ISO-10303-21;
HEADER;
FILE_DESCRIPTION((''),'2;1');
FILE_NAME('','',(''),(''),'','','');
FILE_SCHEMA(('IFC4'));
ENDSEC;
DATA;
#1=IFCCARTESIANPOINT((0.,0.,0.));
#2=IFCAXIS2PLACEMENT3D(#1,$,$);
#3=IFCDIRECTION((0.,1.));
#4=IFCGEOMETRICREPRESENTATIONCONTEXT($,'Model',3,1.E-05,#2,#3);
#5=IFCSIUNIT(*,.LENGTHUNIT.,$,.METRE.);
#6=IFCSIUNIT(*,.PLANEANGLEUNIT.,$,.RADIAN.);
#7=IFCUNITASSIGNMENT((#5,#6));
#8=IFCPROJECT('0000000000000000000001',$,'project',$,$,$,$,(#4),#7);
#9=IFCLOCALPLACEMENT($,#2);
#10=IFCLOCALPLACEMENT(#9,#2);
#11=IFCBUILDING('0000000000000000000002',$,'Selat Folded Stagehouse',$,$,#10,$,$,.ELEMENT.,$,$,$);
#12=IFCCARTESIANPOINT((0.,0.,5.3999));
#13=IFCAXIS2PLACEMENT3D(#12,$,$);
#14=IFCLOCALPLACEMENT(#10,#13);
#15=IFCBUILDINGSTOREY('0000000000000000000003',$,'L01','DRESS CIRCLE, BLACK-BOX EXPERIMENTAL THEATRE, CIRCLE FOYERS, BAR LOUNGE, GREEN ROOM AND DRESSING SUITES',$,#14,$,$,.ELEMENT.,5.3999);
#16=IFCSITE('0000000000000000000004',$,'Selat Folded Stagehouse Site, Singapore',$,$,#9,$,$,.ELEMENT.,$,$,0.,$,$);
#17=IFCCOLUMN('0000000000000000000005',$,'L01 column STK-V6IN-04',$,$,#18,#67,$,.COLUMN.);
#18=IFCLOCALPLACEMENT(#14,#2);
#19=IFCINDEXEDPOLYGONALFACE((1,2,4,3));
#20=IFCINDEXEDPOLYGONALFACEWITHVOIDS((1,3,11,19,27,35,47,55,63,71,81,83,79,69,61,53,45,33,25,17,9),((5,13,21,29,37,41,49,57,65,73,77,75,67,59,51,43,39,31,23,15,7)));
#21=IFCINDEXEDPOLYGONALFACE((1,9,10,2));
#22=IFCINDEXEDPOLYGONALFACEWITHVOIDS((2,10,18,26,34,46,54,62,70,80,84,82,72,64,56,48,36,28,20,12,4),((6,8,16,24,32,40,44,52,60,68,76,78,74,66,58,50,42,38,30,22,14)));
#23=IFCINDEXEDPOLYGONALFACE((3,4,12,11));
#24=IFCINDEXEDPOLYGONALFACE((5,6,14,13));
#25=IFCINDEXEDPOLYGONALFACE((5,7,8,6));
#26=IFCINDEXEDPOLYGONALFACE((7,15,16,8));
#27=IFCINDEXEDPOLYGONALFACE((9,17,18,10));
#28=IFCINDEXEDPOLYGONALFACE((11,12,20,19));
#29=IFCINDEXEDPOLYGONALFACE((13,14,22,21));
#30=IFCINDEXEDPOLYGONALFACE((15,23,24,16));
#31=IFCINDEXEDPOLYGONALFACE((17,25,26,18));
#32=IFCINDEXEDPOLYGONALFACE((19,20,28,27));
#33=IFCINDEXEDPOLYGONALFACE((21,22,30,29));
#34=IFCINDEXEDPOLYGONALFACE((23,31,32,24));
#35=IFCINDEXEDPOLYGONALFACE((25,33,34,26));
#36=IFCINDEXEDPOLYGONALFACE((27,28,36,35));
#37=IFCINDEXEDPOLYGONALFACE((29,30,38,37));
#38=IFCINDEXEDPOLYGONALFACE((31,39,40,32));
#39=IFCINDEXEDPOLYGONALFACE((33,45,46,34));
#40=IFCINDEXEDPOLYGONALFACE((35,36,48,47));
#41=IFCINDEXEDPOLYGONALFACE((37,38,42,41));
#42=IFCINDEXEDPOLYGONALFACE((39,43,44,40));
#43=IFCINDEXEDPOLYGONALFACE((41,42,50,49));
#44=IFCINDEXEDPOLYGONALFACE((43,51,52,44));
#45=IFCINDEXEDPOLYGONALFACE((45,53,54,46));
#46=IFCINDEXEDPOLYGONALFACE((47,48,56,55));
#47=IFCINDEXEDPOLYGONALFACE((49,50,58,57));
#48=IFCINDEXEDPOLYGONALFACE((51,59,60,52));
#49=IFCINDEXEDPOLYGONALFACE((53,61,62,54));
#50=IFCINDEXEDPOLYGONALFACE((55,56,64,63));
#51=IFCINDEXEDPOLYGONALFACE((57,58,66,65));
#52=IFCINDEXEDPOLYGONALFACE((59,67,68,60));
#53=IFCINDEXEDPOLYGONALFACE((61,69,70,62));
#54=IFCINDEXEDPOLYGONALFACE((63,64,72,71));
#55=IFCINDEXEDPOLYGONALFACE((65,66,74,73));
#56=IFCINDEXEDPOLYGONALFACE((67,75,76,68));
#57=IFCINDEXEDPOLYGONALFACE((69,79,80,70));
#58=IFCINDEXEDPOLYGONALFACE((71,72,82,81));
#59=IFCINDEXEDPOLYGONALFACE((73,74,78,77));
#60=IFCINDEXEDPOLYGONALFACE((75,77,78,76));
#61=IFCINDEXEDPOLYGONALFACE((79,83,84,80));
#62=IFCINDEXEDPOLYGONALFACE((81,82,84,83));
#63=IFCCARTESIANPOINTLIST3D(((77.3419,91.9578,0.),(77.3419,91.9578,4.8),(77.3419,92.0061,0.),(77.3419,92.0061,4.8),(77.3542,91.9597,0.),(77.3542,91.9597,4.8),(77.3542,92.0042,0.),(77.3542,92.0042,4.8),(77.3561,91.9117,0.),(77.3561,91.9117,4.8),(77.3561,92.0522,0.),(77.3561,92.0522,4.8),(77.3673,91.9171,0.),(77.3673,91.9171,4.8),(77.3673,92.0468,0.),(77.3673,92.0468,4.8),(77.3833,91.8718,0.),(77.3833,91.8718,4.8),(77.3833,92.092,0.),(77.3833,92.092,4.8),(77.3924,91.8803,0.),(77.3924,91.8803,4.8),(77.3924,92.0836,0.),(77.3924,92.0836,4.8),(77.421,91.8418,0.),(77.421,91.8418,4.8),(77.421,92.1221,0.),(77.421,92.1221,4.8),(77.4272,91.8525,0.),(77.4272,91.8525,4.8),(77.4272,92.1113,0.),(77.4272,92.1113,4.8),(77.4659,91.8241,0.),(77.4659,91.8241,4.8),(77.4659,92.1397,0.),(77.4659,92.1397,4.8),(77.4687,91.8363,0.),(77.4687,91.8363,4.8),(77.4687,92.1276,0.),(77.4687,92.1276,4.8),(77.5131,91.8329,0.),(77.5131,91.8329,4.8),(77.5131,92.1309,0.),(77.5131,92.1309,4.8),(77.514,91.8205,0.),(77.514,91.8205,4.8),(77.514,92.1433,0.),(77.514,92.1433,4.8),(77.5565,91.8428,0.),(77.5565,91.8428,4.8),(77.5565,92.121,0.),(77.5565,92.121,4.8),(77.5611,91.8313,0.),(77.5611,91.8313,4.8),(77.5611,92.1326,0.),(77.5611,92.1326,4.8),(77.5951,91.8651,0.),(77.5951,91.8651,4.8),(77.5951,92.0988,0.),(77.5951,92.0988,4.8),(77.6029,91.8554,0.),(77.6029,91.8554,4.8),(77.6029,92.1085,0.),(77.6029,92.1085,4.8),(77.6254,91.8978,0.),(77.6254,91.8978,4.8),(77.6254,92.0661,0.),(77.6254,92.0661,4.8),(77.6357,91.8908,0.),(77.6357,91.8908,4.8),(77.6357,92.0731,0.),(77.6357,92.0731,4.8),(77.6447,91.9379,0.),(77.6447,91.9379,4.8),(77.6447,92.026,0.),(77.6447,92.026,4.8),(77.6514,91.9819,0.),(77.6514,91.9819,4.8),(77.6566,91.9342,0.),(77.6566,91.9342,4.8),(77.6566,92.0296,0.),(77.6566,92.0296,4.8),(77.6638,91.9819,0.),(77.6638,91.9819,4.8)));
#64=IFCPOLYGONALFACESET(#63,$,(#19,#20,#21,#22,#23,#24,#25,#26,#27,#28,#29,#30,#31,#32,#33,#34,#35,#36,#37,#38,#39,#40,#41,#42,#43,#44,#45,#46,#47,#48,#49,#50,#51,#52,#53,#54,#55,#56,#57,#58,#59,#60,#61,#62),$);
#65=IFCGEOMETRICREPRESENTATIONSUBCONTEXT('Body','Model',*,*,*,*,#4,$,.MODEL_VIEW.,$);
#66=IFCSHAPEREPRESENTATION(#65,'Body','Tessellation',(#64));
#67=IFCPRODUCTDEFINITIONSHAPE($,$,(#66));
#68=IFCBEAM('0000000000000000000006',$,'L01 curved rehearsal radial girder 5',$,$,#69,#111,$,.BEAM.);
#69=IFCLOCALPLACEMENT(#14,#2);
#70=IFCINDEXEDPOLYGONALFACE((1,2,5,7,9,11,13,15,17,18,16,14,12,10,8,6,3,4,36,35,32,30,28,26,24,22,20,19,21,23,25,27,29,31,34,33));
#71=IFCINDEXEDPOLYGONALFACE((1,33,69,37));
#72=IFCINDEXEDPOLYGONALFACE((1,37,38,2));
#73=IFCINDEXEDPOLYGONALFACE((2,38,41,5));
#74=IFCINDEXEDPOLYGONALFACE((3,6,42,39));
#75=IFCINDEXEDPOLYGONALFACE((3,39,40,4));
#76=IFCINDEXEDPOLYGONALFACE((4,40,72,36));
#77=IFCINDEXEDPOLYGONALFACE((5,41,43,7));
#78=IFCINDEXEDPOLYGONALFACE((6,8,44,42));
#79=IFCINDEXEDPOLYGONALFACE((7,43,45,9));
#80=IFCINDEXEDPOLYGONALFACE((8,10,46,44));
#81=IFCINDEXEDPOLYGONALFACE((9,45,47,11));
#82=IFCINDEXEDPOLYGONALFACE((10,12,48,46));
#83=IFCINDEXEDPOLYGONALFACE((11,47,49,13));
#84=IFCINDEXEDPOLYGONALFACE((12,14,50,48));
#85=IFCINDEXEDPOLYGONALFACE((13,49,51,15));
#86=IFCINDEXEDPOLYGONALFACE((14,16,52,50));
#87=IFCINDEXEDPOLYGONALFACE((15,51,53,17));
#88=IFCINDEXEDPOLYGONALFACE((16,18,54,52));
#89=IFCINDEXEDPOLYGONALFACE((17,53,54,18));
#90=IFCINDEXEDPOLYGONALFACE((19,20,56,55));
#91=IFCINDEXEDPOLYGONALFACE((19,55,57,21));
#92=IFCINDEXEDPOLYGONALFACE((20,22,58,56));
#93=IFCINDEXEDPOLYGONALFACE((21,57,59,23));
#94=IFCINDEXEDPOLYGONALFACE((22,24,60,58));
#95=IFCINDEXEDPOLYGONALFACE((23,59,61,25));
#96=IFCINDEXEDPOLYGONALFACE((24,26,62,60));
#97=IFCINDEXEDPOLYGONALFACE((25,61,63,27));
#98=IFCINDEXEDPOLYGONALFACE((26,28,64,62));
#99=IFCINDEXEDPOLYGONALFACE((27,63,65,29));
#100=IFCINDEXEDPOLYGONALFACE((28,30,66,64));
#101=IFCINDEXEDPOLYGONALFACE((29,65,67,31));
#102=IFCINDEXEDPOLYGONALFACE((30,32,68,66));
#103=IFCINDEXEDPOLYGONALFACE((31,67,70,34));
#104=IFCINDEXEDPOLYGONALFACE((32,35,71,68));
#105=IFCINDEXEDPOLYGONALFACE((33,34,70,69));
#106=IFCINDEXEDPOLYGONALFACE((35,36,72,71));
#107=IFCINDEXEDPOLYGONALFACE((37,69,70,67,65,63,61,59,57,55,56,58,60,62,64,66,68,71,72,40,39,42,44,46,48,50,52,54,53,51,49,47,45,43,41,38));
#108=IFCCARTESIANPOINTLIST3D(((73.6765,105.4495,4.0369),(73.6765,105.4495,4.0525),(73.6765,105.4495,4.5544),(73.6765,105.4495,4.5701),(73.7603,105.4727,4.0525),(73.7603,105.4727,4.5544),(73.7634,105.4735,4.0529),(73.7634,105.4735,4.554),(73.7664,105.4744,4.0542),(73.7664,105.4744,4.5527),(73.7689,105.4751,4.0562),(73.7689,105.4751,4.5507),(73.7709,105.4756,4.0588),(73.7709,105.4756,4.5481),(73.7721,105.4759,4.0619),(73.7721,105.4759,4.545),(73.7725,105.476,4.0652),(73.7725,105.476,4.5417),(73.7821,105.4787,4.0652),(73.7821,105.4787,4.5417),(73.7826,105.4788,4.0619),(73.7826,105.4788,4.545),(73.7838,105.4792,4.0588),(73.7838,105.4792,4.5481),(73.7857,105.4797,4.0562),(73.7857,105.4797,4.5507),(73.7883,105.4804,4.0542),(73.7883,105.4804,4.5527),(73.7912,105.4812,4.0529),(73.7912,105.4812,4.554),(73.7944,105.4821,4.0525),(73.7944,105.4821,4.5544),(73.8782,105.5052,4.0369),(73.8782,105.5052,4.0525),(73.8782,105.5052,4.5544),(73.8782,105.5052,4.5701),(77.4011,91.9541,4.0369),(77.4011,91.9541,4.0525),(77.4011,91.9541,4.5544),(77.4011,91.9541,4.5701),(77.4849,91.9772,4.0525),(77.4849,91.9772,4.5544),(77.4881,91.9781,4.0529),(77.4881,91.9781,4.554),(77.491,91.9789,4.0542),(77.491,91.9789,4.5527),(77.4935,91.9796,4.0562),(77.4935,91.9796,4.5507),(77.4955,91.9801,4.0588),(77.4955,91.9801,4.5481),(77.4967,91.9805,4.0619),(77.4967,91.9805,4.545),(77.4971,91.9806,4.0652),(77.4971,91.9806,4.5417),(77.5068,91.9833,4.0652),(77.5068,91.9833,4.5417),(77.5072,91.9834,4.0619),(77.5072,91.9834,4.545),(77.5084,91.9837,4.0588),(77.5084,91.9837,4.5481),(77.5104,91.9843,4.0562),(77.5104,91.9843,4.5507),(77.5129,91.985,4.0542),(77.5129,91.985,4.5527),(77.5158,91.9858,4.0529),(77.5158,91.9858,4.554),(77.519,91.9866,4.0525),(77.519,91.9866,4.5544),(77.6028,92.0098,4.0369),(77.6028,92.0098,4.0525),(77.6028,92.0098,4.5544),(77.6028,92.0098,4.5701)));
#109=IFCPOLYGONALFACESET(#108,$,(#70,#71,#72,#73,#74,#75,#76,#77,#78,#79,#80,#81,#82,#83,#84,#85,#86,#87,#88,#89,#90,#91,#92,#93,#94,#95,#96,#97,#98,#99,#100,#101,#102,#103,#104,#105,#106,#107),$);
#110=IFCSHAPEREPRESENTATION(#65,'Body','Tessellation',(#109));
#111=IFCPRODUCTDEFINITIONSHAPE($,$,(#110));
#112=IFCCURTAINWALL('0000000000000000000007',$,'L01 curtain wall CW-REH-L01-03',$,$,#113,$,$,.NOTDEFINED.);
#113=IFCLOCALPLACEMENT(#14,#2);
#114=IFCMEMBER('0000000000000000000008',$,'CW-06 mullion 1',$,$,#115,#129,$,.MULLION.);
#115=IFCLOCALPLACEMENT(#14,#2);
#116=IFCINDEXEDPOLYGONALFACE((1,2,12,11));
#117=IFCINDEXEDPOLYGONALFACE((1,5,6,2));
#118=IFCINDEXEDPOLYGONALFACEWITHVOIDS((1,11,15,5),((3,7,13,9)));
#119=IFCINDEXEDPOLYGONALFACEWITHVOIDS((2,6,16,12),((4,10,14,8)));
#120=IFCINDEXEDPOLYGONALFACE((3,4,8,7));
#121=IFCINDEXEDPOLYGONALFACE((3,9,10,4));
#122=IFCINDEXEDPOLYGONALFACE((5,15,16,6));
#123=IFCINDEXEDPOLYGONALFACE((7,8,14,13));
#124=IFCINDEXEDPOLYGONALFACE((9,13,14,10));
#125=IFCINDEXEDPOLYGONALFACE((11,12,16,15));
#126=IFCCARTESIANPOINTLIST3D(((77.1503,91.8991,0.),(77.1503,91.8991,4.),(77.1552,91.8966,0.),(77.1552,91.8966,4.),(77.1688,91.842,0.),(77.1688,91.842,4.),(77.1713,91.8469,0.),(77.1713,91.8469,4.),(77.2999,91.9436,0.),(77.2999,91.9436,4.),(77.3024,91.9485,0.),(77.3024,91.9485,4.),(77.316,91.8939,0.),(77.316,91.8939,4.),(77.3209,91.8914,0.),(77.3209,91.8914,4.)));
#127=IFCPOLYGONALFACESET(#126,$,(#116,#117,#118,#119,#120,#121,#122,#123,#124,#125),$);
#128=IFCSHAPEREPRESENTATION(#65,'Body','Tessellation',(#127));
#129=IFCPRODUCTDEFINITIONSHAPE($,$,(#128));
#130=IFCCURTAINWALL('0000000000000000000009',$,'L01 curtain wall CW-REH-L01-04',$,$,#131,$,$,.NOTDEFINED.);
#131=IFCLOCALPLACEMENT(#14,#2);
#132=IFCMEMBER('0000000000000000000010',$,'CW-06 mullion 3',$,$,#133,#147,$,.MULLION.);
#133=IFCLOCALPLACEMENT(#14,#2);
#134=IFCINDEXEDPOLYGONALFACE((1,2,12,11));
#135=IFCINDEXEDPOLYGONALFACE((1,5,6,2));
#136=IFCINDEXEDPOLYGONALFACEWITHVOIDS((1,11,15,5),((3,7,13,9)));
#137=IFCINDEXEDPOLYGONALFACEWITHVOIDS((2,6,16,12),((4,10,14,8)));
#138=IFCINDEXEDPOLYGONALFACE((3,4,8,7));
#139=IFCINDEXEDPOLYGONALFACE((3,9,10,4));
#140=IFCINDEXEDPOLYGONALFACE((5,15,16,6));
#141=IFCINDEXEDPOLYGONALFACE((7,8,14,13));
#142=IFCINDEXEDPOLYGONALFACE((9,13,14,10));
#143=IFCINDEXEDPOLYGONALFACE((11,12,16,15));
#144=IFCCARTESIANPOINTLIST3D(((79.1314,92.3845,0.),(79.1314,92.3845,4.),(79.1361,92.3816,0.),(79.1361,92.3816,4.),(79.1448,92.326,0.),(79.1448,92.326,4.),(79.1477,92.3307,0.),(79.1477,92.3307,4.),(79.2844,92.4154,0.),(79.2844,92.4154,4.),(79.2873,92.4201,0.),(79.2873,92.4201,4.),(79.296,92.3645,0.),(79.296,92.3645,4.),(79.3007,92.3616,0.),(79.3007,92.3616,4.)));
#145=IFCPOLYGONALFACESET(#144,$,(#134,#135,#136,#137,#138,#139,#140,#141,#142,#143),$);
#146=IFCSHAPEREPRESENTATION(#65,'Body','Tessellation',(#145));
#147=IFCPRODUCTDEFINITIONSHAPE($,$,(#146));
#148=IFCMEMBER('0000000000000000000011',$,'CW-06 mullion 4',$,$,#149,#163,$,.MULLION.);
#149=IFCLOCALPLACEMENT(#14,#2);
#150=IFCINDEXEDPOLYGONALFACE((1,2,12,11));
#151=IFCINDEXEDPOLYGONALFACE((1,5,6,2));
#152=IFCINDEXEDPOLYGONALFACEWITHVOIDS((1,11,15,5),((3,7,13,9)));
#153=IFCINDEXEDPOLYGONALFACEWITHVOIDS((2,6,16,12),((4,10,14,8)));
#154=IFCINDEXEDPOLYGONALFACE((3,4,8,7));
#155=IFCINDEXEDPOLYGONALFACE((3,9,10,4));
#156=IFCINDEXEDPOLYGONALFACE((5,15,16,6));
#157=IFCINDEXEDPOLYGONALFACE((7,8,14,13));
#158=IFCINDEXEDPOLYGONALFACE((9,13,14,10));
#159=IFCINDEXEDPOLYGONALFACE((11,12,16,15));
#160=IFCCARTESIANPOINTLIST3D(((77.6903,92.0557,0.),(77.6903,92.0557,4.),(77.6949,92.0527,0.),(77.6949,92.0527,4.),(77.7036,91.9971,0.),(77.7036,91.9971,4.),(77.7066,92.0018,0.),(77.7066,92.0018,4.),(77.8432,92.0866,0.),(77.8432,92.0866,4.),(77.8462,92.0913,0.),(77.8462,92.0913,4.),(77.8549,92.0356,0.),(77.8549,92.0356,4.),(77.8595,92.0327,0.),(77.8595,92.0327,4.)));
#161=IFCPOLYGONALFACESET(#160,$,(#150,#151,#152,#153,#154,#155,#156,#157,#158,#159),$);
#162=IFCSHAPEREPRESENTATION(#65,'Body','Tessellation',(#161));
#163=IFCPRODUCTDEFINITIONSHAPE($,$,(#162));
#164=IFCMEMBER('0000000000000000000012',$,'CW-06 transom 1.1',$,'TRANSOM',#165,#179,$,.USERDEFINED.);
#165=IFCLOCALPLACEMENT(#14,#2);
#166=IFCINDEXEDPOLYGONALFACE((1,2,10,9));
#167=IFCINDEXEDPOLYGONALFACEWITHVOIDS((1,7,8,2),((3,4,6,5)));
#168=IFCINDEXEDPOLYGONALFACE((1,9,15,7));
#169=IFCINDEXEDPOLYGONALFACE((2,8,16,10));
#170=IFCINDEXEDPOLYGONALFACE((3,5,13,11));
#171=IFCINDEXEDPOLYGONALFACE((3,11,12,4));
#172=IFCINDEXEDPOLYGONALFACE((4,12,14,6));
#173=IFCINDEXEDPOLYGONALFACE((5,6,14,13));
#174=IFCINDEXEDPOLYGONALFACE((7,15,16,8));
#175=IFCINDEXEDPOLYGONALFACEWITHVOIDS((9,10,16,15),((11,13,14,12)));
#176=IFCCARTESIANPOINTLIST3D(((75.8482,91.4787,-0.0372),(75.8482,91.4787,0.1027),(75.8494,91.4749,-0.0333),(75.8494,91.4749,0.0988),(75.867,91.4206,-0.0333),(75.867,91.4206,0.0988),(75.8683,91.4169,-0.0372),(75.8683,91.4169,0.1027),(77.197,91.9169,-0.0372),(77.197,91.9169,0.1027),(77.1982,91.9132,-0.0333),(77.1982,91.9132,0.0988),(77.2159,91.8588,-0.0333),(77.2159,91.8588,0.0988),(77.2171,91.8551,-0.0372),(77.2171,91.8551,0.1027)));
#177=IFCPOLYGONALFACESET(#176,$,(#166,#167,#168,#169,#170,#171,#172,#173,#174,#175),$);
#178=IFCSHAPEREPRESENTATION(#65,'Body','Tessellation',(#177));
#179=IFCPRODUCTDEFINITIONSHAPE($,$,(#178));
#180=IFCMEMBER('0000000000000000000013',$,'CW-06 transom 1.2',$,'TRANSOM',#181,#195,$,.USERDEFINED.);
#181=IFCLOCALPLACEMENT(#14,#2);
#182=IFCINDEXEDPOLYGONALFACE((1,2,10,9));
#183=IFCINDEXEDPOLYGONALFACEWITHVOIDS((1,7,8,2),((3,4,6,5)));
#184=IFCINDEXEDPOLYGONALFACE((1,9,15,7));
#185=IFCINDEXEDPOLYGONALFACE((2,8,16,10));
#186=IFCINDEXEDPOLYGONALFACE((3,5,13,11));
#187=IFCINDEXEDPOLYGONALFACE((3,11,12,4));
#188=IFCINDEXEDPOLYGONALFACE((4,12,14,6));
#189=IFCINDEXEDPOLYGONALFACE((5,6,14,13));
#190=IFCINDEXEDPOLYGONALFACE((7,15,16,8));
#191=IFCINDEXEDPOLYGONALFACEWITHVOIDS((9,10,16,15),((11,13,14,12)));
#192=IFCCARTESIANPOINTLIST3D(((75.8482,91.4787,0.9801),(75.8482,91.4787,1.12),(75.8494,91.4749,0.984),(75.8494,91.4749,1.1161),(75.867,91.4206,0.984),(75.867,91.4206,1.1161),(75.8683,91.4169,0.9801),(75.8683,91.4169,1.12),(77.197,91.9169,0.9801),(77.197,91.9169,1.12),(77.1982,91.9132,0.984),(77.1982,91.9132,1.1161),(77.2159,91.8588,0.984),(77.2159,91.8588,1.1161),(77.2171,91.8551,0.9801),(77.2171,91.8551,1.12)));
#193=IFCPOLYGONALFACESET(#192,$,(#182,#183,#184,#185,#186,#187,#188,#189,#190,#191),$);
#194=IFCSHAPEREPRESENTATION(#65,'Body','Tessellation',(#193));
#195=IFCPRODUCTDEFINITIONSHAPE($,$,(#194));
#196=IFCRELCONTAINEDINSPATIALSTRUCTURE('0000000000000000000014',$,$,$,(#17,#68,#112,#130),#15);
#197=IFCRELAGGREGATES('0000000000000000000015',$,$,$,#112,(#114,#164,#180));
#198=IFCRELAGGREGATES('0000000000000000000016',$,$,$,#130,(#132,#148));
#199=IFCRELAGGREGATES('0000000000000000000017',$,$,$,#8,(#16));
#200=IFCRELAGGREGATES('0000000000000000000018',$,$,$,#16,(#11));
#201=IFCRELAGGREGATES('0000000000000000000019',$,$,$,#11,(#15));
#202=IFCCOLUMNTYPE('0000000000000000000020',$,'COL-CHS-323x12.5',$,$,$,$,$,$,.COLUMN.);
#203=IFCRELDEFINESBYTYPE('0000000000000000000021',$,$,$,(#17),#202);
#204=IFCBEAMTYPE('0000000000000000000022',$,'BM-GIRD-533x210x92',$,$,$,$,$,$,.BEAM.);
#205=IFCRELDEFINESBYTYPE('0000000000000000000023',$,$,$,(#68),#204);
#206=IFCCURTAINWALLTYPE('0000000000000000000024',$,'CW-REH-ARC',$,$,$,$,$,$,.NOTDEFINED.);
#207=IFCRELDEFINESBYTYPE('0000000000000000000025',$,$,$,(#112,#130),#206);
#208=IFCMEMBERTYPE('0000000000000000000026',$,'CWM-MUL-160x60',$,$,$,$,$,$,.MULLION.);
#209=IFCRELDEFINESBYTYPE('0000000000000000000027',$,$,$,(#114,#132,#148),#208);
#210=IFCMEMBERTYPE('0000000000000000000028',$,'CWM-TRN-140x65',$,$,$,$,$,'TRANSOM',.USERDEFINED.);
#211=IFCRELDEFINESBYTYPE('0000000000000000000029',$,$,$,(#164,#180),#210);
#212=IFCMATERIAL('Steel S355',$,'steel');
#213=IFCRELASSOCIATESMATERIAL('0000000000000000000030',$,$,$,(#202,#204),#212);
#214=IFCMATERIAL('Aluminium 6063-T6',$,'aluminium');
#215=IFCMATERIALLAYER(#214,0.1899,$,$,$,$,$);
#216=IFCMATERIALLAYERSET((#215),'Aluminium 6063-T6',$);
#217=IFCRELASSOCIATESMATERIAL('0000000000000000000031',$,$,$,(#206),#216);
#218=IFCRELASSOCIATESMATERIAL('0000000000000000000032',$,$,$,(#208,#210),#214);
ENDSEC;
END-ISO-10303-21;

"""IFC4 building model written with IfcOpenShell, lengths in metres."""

from ifc_helpers import new_model, si_unit, direction, frame, origin, origin_2d, place, context, subcontext, project, spatial, hollow_rectangle, hollow_circle, i_section, extrude, material, layer, layer_set, material_profile, profile_set, type_object, element, aggregate, save


model = new_model("IFC4")

# Units and contexts
model_context = context("Model", 3, precision=1e-05, world=origin(), true_north=direction((0.0, 1.0)))
body_context = subcontext(model_context, "Body", "Model", "MODEL_VIEW")
ifc_project = project(units=[si_unit("LENGTHUNIT", "METRE"), si_unit("PLANEANGLEUNIT", "RADIAN")], contexts=[model_context])

# Site, building, storey
site_placement = place(None, origin())
site = spatial("IfcSite", under=ifc_project, at=site_placement, Name="Selat Folded Stagehouse Site, Singapore", CompositionType="ELEMENT", RefElevation=0.0)
building_placement = place(site_placement, origin())
building = spatial("IfcBuilding", under=site, at=building_placement, Name="Selat Folded Stagehouse", CompositionType="ELEMENT")
storey_placement = place(building_placement, frame((0.0, 0.0, 5.3999)))
storey = spatial("IfcBuildingStorey", under=building, at=storey_placement, Name="L01", Description="DRESS CIRCLE, BLACK-BOX EXPERIMENTAL THEATRE, CIRCLE FOYERS, BAR LOUNGE, GREEN ROOM AND DRESSING SUITES", CompositionType="ELEMENT", Elevation=5.3999)

# Column
ifc_material_1 = material(Name="Steel S355", Category="steel")
ifc_material_profile_1 = material_profile(ifc_material_1, hollow_circle(Radius=0.1619, WallThickness=0.0125, at=origin_2d()), Name="CHS 323.9x12.5")
ifc_profile_set_1 = profile_set([ifc_material_profile_1], Name="Steel S355")
column_type = type_object("IfcColumnType", Name="COL-CHS-323x12.5", PredefinedType="COLUMN", material=ifc_profile_set_1)
column_placement = place(storey_placement, frame((77.502, 91.9819, 0.0), z_axis=(0.0, 0.0, 1.0), x_axis=(1.0, 0.0, 0.0)))
element("IfcColumn", 1, at=column_placement, inside=storey, type_object=column_type, Name="L01 column STK-V6IN-04", PredefinedType="COLUMN", context=body_context, shape_type="SweptSolid", body=[
    extrude(hollow_circle(Radius=0.1619, WallThickness=0.0125, at=origin_2d()), origin(), (0.0, 0.0, 1.0), 4.8),
])

# Beam
ifc_material_profile_2 = material_profile(ifc_material_1, i_section(OverallWidth=0.2092, OverallDepth=0.5332, WebThickness=0.01, FlangeThickness=0.0156, FilletRadius=0.0127, at=origin_2d()), Name="UKB 533x210x92")
ifc_profile_set_2 = profile_set([ifc_material_profile_2], Name="Steel S355")
beam_type_1 = type_object("IfcBeamType", Name="BM-GIRD-533x210x92", PredefinedType="BEAM", material=ifc_profile_set_2)
beam_1_placement = place(storey_placement, frame((77.502, 91.9819, 4.3035), z_axis=(-0.266045, 0.963961, 0.0), x_axis=(-0.963961, -0.266045, 0.0)))
element("IfcBeam", 2, at=beam_1_placement, inside=storey, type_object=beam_type_1, Name="L01 curved rehearsal radial girder 5", PredefinedType="BEAM", context=body_context, shape_type="SweptSolid", body=[
    extrude(i_section(OverallWidth=0.2092, OverallDepth=0.5332, WebThickness=0.01, FlangeThickness=0.0156, FilletRadius=0.0127, at=origin_2d()), origin(), (0.0, 0.0, 1.0), 14.0),
])

# Curtain wall, member
ifc_material_2 = material(Name="Aluminium 6063-T6", Category="aluminium")
ifc_layer_1 = layer(ifc_material_2, 0.1899)
ifc_layer_set_1 = layer_set([ifc_layer_1], Name="Aluminium 6063-T6")
curtain_wall_type = type_object("IfcCurtainWallType", Name="CW-REH-ARC", PredefinedType="NOTDEFINED", material=ifc_layer_set_1)
curtain_wall_1_placement = place(storey_placement, origin())
curtain_wall_1 = element("IfcCurtainWall", 3, at=curtain_wall_1_placement, inside=storey, type_object=curtain_wall_type, Name="L01 curtain wall CW-REH-L01-03", PredefinedType="NOTDEFINED")
ifc_material_profile_3 = material_profile(ifc_material_2, hollow_rectangle(XDim=0.0601, YDim=0.1599, WallThickness=0.0039, at=origin_2d()), Name="ALU 160x60x4.0")
ifc_profile_set_3 = profile_set([ifc_material_profile_3], Name="Aluminium 6063-T6")
member_type_1 = type_object("IfcMemberType", Name="CWM-MUL-160x60", PredefinedType="MULLION", material=ifc_profile_set_3)
member_1_placement = place(storey_placement, frame((77.2356, 91.8953, 0.0), z_axis=(0.0, 0.0, 1.0), x_axis=(0.308992, -0.951065, 0.0)))
member_1 = element("IfcMember", 4, at=member_1_placement, type_object=member_type_1, Name="CW-06 mullion 1", PredefinedType="MULLION", context=body_context, shape_type="SweptSolid", body=[
    extrude(hollow_rectangle(XDim=0.0601, YDim=0.1599, WallThickness=0.0039, at=origin_2d()), origin(), (0.0, 0.0, 1.0), 4.0),
])

# Curtain wall, members
curtain_wall_2_placement = place(storey_placement, origin())
curtain_wall_2 = element("IfcCurtainWall", 5, at=curtain_wall_2_placement, inside=storey, type_object=curtain_wall_type, Name="L01 curtain wall CW-REH-L01-04", PredefinedType="NOTDEFINED")
member_2_placement = place(storey_placement, frame((79.2161, 92.373, 0.0), z_axis=(0.0, 0.0, 1.0), x_axis=(0.222543, -0.974923, 0.0)))
member_2 = element("IfcMember", 6, at=member_2_placement, type_object=member_type_1, Name="CW-06 mullion 3", PredefinedType="MULLION", context=body_context, shape_type="SweptSolid", body=[
    extrude(hollow_rectangle(XDim=0.0601, YDim=0.1599, WallThickness=0.0039, at=origin_2d()), origin(), (0.0, 0.0, 1.0), 4.0),
])
member_3_placement = place(storey_placement, frame((77.7749, 92.0442, 0.0), z_axis=(0.0, 0.0, 1.0), x_axis=(0.222543, -0.974923, 0.0)))
member_3 = element("IfcMember", 7, at=member_3_placement, type_object=member_type_1, Name="CW-06 mullion 4", PredefinedType="MULLION", context=body_context, shape_type="SweptSolid", body=[
    extrude(hollow_rectangle(XDim=0.0601, YDim=0.1599, WallThickness=0.0039, at=origin_2d()), origin(), (0.0, 0.0, 1.0), 4.0),
])

# Members
ifc_material_profile_4 = material_profile(ifc_material_2, hollow_rectangle(XDim=0.0649, YDim=0.1399, WallThickness=0.0039, at=origin_2d()), Name="ALU 140x65x4.0")
ifc_profile_set_4 = profile_set([ifc_material_profile_4], Name="Aluminium 6063-T6")
member_type_2 = type_object("IfcMemberType", Name="CWM-TRN-140x65", ElementType="TRANSOM", PredefinedType="USERDEFINED", material=ifc_profile_set_4)
member_4_placement = place(storey_placement, frame((77.207, 91.886, 0.0327), z_axis=(-0.951066, -0.308989, 0.0), x_axis=(0.308989, -0.951066, 0.0)))
member_4 = element("IfcMember", 8, at=member_4_placement, type_object=member_type_2, Name="CW-06 transom 1.1", ObjectType="TRANSOM", PredefinedType="USERDEFINED", context=body_context, shape_type="SweptSolid", body=[
    extrude(hollow_rectangle(XDim=0.0649, YDim=0.1399, WallThickness=0.0039, at=origin_2d()), origin(), (0.0, 0.0, 1.0), 1.4182),
])
member_5_placement = place(storey_placement, frame((77.207, 91.886, 1.05), z_axis=(-0.951066, -0.308989, 0.0), x_axis=(0.308989, -0.951066, 0.0)))
member_5 = element("IfcMember", 9, at=member_5_placement, type_object=member_type_2, Name="CW-06 transom 1.2", ObjectType="TRANSOM", PredefinedType="USERDEFINED", context=body_context, shape_type="SweptSolid", body=[
    extrude(hollow_rectangle(XDim=0.0649, YDim=0.1399, WallThickness=0.0039, at=origin_2d()), origin(), (0.0, 0.0, 1.0), 1.4182),
])
aggregate(curtain_wall_1, [member_1, member_4, member_5])

aggregate(curtain_wall_2, [member_2, member_3])

save(model, "model.ifc")
